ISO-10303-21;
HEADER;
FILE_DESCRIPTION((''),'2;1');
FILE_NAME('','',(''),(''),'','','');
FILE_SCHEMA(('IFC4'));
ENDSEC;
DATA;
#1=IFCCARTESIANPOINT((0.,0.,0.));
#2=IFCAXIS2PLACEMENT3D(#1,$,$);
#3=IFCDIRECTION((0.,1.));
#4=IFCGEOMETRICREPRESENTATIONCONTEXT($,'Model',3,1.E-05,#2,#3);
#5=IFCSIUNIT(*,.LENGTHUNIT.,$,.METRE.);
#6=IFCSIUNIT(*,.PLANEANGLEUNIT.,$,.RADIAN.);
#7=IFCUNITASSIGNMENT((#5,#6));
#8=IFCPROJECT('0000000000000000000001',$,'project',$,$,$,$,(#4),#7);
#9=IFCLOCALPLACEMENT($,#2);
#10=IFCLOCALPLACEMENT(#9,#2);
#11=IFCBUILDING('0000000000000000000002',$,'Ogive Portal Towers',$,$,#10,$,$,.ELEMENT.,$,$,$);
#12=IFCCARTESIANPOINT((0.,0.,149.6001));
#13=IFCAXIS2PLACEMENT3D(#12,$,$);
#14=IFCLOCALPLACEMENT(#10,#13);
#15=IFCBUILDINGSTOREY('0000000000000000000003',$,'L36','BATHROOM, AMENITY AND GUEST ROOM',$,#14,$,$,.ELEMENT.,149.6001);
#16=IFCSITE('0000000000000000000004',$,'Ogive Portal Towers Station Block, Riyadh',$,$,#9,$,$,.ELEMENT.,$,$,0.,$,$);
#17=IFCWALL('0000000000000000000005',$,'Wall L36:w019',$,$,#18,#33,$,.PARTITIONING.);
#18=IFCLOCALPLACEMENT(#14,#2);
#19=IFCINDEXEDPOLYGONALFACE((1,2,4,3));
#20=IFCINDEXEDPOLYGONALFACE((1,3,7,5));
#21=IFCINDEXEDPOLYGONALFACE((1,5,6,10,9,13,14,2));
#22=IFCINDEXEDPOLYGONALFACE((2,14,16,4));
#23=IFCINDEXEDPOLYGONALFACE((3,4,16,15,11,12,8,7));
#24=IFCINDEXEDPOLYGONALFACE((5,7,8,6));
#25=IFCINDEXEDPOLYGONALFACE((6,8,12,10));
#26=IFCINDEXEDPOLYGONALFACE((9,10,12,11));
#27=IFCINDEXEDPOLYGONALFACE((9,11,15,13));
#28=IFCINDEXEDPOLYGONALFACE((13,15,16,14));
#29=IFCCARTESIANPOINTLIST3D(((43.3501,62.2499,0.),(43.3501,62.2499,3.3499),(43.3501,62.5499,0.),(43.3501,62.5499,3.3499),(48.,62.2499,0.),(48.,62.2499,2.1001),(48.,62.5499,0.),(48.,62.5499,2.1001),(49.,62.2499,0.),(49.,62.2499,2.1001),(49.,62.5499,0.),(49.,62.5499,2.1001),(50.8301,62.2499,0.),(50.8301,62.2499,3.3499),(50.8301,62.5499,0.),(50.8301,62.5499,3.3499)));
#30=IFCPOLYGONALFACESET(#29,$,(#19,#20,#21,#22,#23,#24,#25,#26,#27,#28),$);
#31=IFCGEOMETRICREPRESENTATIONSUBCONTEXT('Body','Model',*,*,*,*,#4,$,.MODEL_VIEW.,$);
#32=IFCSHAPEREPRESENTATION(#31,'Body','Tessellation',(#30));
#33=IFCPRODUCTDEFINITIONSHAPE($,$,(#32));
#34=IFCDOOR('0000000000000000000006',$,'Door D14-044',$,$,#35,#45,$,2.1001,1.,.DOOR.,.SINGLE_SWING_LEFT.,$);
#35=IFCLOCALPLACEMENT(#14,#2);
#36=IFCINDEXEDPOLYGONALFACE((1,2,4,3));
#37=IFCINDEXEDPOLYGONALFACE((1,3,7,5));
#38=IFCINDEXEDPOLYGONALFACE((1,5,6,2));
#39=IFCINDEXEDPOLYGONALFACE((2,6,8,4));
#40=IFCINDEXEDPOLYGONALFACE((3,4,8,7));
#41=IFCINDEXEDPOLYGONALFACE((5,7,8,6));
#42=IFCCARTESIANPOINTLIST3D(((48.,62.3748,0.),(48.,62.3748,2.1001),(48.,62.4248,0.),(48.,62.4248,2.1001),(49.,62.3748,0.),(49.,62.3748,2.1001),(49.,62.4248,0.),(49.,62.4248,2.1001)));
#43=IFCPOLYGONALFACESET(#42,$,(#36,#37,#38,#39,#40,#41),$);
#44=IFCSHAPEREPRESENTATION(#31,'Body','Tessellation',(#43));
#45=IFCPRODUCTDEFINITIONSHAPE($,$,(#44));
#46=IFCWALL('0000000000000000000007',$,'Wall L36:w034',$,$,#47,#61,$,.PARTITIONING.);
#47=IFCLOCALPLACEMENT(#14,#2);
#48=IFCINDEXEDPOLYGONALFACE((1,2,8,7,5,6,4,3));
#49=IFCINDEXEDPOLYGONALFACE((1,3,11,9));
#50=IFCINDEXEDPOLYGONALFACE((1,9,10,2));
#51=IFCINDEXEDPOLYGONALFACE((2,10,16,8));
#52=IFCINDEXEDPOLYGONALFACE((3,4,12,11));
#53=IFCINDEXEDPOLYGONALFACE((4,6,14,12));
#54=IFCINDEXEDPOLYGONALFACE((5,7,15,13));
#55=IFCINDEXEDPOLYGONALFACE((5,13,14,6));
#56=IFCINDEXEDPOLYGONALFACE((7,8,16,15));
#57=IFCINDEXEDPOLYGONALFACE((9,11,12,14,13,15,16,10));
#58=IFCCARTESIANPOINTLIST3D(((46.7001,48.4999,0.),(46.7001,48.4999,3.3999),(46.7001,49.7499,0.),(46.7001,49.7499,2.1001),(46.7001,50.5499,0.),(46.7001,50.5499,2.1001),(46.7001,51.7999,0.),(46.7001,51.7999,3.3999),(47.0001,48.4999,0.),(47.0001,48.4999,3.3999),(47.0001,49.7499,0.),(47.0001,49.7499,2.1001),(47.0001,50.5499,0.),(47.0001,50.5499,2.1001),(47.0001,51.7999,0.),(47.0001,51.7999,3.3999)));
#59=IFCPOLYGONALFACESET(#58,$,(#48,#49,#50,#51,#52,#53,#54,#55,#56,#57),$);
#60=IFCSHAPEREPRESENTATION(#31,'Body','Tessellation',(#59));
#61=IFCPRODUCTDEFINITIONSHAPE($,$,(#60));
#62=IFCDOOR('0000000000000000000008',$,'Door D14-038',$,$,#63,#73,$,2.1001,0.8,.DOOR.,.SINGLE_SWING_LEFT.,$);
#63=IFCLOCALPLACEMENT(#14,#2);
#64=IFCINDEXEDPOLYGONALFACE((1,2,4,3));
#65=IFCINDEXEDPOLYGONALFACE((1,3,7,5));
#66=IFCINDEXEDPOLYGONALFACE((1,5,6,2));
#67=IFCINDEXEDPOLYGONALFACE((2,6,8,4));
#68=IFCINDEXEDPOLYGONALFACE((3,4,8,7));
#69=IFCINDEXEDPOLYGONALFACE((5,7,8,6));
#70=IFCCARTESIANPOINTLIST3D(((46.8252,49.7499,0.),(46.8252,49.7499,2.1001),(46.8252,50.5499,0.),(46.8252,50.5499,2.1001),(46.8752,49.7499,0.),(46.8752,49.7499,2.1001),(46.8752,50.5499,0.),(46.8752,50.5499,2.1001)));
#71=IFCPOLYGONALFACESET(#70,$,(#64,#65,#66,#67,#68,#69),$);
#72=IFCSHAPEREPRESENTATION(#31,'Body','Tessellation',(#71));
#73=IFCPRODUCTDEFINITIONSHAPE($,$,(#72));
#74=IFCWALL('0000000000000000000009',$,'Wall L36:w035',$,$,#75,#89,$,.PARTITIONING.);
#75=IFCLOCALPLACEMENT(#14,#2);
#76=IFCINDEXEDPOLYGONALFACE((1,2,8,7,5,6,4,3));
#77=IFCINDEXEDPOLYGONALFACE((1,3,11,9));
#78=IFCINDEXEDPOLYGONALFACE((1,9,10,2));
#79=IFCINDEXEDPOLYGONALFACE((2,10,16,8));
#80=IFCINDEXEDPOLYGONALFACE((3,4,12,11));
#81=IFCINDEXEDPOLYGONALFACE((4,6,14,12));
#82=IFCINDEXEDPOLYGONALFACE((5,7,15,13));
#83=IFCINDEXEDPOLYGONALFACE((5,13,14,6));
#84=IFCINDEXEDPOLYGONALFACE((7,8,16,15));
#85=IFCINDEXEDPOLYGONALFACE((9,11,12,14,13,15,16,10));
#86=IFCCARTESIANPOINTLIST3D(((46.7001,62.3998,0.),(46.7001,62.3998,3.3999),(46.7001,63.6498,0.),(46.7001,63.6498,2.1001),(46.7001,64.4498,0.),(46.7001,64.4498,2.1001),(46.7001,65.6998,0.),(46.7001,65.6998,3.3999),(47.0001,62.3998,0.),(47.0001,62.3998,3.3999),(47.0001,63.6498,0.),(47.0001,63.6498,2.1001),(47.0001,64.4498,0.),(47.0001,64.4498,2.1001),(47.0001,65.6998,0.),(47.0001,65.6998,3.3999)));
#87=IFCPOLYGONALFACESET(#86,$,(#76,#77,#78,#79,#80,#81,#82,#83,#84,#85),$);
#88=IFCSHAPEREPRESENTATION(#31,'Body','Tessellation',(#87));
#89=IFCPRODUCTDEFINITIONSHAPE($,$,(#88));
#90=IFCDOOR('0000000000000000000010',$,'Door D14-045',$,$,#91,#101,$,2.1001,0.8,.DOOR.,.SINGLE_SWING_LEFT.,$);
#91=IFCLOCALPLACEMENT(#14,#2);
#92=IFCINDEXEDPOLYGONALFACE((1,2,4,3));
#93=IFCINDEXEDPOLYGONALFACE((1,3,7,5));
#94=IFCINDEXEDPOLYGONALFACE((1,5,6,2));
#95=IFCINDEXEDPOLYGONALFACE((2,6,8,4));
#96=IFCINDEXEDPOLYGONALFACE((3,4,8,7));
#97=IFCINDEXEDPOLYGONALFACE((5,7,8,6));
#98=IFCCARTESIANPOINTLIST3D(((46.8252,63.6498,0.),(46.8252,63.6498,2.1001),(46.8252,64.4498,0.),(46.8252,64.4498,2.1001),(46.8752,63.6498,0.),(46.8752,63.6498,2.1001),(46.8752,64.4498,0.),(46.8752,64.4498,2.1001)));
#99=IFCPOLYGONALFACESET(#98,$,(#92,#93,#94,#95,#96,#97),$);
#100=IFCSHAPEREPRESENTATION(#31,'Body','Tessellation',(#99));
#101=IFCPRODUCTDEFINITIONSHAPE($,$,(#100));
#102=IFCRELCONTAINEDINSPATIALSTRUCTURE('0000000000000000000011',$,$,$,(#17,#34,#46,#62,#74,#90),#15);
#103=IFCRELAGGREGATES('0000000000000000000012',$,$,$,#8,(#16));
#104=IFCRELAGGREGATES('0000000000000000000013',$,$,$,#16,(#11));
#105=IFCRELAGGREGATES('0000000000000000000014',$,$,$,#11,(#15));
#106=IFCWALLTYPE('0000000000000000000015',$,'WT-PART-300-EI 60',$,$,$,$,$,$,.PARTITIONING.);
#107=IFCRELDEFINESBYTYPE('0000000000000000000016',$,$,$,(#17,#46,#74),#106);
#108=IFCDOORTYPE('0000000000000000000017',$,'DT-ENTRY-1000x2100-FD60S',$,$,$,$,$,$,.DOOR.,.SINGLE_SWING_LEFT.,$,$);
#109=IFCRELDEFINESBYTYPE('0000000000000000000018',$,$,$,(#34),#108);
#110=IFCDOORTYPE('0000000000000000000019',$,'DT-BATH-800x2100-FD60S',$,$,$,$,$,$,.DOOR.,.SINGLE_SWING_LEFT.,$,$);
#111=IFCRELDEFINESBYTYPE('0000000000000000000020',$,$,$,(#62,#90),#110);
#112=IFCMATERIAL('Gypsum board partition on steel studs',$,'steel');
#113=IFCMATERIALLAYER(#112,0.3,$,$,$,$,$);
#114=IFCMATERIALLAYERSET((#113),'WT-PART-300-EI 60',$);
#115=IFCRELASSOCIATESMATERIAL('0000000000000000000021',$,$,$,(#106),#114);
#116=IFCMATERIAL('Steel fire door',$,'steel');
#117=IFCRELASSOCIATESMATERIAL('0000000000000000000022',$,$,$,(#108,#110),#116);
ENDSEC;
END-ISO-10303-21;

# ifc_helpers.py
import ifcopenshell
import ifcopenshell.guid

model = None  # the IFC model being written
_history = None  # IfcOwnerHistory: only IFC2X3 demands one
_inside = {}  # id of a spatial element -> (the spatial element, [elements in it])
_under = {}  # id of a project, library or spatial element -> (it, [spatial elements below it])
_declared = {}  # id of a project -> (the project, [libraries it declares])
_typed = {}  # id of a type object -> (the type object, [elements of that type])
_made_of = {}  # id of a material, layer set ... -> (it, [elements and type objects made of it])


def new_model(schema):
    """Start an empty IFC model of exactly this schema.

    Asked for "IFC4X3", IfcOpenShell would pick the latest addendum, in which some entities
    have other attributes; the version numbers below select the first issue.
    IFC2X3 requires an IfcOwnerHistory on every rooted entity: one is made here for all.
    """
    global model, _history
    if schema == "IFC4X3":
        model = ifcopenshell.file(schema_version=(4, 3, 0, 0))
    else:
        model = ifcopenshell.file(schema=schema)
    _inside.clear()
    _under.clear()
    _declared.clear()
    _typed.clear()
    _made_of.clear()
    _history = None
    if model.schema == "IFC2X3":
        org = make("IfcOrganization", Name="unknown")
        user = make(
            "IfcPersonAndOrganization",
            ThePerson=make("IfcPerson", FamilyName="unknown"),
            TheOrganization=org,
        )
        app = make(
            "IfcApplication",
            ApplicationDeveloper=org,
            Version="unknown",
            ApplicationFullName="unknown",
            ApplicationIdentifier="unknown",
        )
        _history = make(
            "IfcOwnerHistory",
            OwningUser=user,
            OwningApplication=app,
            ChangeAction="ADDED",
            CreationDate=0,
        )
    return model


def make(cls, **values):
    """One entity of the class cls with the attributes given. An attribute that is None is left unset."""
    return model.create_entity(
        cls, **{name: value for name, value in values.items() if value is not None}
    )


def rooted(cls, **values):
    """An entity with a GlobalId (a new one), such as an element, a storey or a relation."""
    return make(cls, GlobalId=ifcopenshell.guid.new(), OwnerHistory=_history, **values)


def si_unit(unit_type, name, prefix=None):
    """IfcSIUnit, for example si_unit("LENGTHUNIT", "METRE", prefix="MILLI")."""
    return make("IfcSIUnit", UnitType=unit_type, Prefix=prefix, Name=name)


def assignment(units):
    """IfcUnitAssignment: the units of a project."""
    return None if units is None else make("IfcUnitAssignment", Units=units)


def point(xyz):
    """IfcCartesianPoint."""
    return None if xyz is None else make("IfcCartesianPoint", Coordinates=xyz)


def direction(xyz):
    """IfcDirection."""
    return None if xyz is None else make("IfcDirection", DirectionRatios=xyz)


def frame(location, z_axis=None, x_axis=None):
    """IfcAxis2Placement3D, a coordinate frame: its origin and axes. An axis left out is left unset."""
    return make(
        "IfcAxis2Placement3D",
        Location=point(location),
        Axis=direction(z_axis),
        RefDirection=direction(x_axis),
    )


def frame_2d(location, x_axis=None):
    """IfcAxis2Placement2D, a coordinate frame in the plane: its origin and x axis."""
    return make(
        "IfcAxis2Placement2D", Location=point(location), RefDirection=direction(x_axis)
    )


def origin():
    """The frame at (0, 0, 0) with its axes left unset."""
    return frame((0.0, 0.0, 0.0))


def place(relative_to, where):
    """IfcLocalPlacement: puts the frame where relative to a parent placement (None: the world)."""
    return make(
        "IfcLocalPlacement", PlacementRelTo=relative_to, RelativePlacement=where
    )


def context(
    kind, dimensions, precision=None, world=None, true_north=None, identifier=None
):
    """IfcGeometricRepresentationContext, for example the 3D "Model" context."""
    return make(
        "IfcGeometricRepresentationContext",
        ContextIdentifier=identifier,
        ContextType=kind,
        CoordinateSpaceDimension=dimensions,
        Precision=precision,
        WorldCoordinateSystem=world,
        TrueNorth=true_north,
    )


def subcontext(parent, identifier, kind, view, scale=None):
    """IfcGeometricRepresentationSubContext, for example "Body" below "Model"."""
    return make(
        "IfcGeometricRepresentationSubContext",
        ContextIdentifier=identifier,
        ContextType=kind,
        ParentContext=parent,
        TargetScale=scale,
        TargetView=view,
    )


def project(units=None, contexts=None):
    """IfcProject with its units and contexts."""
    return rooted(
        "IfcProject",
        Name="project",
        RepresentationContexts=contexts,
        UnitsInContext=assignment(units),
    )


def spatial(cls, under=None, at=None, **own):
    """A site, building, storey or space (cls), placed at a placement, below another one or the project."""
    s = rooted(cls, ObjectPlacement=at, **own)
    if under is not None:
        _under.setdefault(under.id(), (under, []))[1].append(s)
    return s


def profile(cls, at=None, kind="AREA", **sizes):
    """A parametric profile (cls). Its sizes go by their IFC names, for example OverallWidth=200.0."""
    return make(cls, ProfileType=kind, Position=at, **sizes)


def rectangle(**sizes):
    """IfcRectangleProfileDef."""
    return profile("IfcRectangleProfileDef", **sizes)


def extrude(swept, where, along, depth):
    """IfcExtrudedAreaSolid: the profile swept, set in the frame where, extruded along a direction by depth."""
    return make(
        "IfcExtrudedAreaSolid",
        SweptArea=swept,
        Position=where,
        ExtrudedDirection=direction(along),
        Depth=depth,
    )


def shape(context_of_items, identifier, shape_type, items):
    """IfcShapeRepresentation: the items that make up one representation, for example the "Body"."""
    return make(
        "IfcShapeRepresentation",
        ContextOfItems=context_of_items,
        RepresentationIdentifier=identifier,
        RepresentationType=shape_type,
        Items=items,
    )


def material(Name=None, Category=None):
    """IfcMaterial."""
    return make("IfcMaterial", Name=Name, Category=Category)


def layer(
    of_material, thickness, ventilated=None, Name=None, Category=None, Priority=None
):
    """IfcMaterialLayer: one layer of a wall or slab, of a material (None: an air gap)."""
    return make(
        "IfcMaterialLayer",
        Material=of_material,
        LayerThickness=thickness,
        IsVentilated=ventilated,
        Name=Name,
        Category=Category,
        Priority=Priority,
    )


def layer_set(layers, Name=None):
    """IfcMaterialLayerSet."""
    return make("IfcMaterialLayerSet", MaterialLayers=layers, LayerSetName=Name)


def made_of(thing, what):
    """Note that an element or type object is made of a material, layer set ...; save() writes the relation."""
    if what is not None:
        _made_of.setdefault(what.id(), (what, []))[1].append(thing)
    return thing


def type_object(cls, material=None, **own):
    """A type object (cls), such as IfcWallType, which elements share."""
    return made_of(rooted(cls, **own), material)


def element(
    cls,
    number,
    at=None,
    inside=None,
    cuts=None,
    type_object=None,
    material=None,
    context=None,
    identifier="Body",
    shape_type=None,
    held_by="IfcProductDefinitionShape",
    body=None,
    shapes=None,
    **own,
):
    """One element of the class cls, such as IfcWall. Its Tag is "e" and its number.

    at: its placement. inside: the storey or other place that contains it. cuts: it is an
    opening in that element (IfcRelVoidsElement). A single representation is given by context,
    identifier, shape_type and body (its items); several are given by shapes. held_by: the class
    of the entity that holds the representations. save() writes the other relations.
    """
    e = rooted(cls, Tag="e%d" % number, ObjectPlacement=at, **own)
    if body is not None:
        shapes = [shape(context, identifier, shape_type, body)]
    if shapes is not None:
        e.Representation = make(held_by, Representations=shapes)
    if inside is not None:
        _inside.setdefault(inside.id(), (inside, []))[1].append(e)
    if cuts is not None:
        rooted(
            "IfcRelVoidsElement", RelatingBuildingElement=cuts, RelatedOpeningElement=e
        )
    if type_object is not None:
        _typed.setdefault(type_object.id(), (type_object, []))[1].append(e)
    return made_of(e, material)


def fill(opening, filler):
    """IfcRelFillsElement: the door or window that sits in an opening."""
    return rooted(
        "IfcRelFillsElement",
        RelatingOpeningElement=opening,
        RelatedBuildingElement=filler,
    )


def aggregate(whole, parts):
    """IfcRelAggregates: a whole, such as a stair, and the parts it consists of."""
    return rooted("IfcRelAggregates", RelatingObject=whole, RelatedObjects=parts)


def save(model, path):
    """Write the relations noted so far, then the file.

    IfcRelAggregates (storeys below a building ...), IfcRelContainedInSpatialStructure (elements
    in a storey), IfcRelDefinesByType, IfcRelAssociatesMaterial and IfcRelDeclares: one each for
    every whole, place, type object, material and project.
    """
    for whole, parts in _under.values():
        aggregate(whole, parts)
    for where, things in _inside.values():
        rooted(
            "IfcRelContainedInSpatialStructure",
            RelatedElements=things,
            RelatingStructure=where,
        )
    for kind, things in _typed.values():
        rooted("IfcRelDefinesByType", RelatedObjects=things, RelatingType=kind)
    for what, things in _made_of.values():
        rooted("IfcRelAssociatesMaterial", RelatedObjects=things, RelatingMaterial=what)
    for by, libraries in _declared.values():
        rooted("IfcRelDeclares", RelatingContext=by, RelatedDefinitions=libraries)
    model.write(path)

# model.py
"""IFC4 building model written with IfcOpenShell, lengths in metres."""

from ifc_helpers import new_model, si_unit, direction, frame, frame_2d, origin, place, context, subcontext, project, spatial, rectangle, extrude, material, layer, layer_set, type_object, element, fill, save


model = new_model("IFC4")

# Units and contexts
model_context = context("Model", 3, precision=1e-05, world=origin(), true_north=direction((0.0, 1.0)))
body_context = subcontext(model_context, "Body", "Model", "MODEL_VIEW")
ifc_project = project(units=[si_unit("LENGTHUNIT", "METRE"), si_unit("PLANEANGLEUNIT", "RADIAN")], contexts=[model_context])

# Site, building, storey
site_placement = place(None, origin())
site = spatial("IfcSite", under=ifc_project, at=site_placement, Name="Ogive Portal Towers Station Block, Riyadh", CompositionType="ELEMENT", RefElevation=0.0)
building_placement = place(site_placement, origin())
building = spatial("IfcBuilding", under=site, at=building_placement, Name="Ogive Portal Towers", CompositionType="ELEMENT")
storey_placement = place(building_placement, frame((0.0, 0.0, 149.6001)))
storey = spatial("IfcBuildingStorey", under=building, at=storey_placement, Name="L36", Description="BATHROOM, AMENITY AND GUEST ROOM", CompositionType="ELEMENT", Elevation=149.6001)

# Walls, openings, doors
ifc_material_1 = material(Name="Gypsum board partition on steel studs", Category="steel")
ifc_layer_1 = layer(ifc_material_1, 0.3)
ifc_layer_set_1 = layer_set([ifc_layer_1], Name="WT-PART-300-EI 60")
wall_type_1 = type_object("IfcWallType", Name="WT-PART-300-EI 60", PredefinedType="PARTITIONING", material=ifc_layer_set_1)
wall_1_placement = place(storey_placement, frame((43.3501, 62.3999, 0.0), z_axis=(0.0, 0.0, 1.0), x_axis=(1.0, 0.0, 0.0)))
wall_1 = element("IfcWall", 1, at=wall_1_placement, inside=storey, type_object=wall_type_1, Name="Wall L36:w019", PredefinedType="PARTITIONING", context=body_context, shape_type="SweptSolid", body=[
    extrude(rectangle(XDim=7.48, YDim=0.3, at=frame_2d((3.74, 0.0))), origin(), (0.0, 0.0, 1.0), 3.3499),
])
opening_1_placement = place(wall_1_placement, frame((4.6499, 0.0, 0.0)))
opening_1 = element("IfcOpeningElement", 2, at=opening_1_placement, cuts=wall_1, PredefinedType="OPENING", context=body_context, shape_type="SweptSolid", body=[
    extrude(rectangle(XDim=1.0, YDim=2.1001, at=frame_2d((0.5, 1.05))), frame((0.0, 0.1602, 0.0), z_axis=(0.0, -1.0, 0.0), x_axis=(1.0, 0.0, 0.0)), (0.0, 0.0, 1.0), 0.3201),
])
ifc_material_2 = material(Name="Steel fire door", Category="steel")
door_type_1 = type_object("IfcDoorType", Name="DT-ENTRY-1000x2100-FD60S", OperationType="SINGLE_SWING_LEFT", PredefinedType="DOOR", material=ifc_material_2)
door_1_placement = place(opening_1_placement, origin())
door_1 = element("IfcDoor", 3, at=door_1_placement, inside=storey, type_object=door_type_1, Name="Door D14-044", OperationType="SINGLE_SWING_LEFT", OverallHeight=2.1001, OverallWidth=1.0, PredefinedType="DOOR", context=body_context, shape_type="SweptSolid", body=[
    extrude(rectangle(XDim=1.0, YDim=2.1001, at=frame_2d((0.5, 1.05))), frame((0.0, 0.0249, 0.0), z_axis=(0.0, -1.0, 0.0), x_axis=(1.0, 0.0, 0.0)), (0.0, 0.0, 1.0), 0.05),
])
fill(opening_1, door_1)
wall_2_placement = place(storey_placement, frame((46.8501, 48.5, 0.0), z_axis=(0.0, 0.0, 1.0), x_axis=(0.0, 1.0, 0.0)))
wall_2 = element("IfcWall", 4, at=wall_2_placement, inside=storey, type_object=wall_type_1, Name="Wall L36:w034", PredefinedType="PARTITIONING", context=body_context, shape_type="SweptSolid", body=[
    extrude(rectangle(XDim=3.3, YDim=0.3, at=frame_2d((1.6499, 0.0))), origin(), (0.0, 0.0, 1.0), 3.3999),
])
opening_2_placement = place(wall_2_placement, frame((1.25, 0.0, 0.0)))
opening_2 = element("IfcOpeningElement", 5, at=opening_2_placement, cuts=wall_2, PredefinedType="OPENING", context=body_context, shape_type="SweptSolid", body=[
    extrude(rectangle(XDim=0.8, YDim=2.1001, at=frame_2d((0.3999, 1.05))), frame((0.0, 0.1602, 0.0), z_axis=(0.0, -1.0, 0.0), x_axis=(1.0, 0.0, 0.0)), (0.0, 0.0, 1.0), 0.3201),
])
door_type_2 = type_object("IfcDoorType", Name="DT-BATH-800x2100-FD60S", OperationType="SINGLE_SWING_LEFT", PredefinedType="DOOR", material=ifc_material_2)
door_2_placement = place(opening_2_placement, origin())
door_2 = element("IfcDoor", 6, at=door_2_placement, inside=storey, type_object=door_type_2, Name="Door D14-038", OperationType="SINGLE_SWING_LEFT", OverallHeight=2.1001, OverallWidth=0.8, PredefinedType="DOOR", context=body_context, shape_type="SweptSolid", body=[
    extrude(rectangle(XDim=0.8, YDim=2.1001, at=frame_2d((0.3999, 1.05))), frame((0.0, 0.0249, 0.0), z_axis=(0.0, -1.0, 0.0), x_axis=(1.0, 0.0, 0.0)), (0.0, 0.0, 1.0), 0.05),
])
fill(opening_2, door_2)
wall_3_placement = place(storey_placement, frame((46.8501, 62.3999, 0.0), z_axis=(0.0, 0.0, 1.0), x_axis=(0.0, 1.0, 0.0)))
wall_3 = element("IfcWall", 7, at=wall_3_placement, inside=storey, type_object=wall_type_1, Name="Wall L36:w035", PredefinedType="PARTITIONING", context=body_context, shape_type="SweptSolid", body=[
    extrude(rectangle(XDim=3.3, YDim=0.3, at=frame_2d((1.6499, 0.0))), origin(), (0.0, 0.0, 1.0), 3.3999),
])
opening_3_placement = place(wall_3_placement, frame((1.25, 0.0, 0.0)))
opening_3 = element("IfcOpeningElement", 8, at=opening_3_placement, cuts=wall_3, PredefinedType="OPENING", context=body_context, shape_type="SweptSolid", body=[
    extrude(rectangle(XDim=0.8, YDim=2.1001, at=frame_2d((0.3999, 1.05))), frame((0.0, 0.1602, 0.0), z_axis=(0.0, -1.0, 0.0), x_axis=(1.0, 0.0, 0.0)), (0.0, 0.0, 1.0), 0.3201),
])
door_3_placement = place(opening_3_placement, origin())
door_3 = element("IfcDoor", 9, at=door_3_placement, inside=storey, type_object=door_type_2, Name="Door D14-045", OperationType="SINGLE_SWING_LEFT", OverallHeight=2.1001, OverallWidth=0.8, PredefinedType="DOOR", context=body_context, shape_type="SweptSolid", body=[
    extrude(rectangle(XDim=0.8, YDim=2.1001, at=frame_2d((0.3999, 1.05))), frame((0.0, 0.0249, 0.0), z_axis=(0.0, -1.0, 0.0), x_axis=(1.0, 0.0, 0.0)), (0.0, 0.0, 1.0), 0.05),
])
fill(opening_3, door_3)

save(model, "model.ifc")
